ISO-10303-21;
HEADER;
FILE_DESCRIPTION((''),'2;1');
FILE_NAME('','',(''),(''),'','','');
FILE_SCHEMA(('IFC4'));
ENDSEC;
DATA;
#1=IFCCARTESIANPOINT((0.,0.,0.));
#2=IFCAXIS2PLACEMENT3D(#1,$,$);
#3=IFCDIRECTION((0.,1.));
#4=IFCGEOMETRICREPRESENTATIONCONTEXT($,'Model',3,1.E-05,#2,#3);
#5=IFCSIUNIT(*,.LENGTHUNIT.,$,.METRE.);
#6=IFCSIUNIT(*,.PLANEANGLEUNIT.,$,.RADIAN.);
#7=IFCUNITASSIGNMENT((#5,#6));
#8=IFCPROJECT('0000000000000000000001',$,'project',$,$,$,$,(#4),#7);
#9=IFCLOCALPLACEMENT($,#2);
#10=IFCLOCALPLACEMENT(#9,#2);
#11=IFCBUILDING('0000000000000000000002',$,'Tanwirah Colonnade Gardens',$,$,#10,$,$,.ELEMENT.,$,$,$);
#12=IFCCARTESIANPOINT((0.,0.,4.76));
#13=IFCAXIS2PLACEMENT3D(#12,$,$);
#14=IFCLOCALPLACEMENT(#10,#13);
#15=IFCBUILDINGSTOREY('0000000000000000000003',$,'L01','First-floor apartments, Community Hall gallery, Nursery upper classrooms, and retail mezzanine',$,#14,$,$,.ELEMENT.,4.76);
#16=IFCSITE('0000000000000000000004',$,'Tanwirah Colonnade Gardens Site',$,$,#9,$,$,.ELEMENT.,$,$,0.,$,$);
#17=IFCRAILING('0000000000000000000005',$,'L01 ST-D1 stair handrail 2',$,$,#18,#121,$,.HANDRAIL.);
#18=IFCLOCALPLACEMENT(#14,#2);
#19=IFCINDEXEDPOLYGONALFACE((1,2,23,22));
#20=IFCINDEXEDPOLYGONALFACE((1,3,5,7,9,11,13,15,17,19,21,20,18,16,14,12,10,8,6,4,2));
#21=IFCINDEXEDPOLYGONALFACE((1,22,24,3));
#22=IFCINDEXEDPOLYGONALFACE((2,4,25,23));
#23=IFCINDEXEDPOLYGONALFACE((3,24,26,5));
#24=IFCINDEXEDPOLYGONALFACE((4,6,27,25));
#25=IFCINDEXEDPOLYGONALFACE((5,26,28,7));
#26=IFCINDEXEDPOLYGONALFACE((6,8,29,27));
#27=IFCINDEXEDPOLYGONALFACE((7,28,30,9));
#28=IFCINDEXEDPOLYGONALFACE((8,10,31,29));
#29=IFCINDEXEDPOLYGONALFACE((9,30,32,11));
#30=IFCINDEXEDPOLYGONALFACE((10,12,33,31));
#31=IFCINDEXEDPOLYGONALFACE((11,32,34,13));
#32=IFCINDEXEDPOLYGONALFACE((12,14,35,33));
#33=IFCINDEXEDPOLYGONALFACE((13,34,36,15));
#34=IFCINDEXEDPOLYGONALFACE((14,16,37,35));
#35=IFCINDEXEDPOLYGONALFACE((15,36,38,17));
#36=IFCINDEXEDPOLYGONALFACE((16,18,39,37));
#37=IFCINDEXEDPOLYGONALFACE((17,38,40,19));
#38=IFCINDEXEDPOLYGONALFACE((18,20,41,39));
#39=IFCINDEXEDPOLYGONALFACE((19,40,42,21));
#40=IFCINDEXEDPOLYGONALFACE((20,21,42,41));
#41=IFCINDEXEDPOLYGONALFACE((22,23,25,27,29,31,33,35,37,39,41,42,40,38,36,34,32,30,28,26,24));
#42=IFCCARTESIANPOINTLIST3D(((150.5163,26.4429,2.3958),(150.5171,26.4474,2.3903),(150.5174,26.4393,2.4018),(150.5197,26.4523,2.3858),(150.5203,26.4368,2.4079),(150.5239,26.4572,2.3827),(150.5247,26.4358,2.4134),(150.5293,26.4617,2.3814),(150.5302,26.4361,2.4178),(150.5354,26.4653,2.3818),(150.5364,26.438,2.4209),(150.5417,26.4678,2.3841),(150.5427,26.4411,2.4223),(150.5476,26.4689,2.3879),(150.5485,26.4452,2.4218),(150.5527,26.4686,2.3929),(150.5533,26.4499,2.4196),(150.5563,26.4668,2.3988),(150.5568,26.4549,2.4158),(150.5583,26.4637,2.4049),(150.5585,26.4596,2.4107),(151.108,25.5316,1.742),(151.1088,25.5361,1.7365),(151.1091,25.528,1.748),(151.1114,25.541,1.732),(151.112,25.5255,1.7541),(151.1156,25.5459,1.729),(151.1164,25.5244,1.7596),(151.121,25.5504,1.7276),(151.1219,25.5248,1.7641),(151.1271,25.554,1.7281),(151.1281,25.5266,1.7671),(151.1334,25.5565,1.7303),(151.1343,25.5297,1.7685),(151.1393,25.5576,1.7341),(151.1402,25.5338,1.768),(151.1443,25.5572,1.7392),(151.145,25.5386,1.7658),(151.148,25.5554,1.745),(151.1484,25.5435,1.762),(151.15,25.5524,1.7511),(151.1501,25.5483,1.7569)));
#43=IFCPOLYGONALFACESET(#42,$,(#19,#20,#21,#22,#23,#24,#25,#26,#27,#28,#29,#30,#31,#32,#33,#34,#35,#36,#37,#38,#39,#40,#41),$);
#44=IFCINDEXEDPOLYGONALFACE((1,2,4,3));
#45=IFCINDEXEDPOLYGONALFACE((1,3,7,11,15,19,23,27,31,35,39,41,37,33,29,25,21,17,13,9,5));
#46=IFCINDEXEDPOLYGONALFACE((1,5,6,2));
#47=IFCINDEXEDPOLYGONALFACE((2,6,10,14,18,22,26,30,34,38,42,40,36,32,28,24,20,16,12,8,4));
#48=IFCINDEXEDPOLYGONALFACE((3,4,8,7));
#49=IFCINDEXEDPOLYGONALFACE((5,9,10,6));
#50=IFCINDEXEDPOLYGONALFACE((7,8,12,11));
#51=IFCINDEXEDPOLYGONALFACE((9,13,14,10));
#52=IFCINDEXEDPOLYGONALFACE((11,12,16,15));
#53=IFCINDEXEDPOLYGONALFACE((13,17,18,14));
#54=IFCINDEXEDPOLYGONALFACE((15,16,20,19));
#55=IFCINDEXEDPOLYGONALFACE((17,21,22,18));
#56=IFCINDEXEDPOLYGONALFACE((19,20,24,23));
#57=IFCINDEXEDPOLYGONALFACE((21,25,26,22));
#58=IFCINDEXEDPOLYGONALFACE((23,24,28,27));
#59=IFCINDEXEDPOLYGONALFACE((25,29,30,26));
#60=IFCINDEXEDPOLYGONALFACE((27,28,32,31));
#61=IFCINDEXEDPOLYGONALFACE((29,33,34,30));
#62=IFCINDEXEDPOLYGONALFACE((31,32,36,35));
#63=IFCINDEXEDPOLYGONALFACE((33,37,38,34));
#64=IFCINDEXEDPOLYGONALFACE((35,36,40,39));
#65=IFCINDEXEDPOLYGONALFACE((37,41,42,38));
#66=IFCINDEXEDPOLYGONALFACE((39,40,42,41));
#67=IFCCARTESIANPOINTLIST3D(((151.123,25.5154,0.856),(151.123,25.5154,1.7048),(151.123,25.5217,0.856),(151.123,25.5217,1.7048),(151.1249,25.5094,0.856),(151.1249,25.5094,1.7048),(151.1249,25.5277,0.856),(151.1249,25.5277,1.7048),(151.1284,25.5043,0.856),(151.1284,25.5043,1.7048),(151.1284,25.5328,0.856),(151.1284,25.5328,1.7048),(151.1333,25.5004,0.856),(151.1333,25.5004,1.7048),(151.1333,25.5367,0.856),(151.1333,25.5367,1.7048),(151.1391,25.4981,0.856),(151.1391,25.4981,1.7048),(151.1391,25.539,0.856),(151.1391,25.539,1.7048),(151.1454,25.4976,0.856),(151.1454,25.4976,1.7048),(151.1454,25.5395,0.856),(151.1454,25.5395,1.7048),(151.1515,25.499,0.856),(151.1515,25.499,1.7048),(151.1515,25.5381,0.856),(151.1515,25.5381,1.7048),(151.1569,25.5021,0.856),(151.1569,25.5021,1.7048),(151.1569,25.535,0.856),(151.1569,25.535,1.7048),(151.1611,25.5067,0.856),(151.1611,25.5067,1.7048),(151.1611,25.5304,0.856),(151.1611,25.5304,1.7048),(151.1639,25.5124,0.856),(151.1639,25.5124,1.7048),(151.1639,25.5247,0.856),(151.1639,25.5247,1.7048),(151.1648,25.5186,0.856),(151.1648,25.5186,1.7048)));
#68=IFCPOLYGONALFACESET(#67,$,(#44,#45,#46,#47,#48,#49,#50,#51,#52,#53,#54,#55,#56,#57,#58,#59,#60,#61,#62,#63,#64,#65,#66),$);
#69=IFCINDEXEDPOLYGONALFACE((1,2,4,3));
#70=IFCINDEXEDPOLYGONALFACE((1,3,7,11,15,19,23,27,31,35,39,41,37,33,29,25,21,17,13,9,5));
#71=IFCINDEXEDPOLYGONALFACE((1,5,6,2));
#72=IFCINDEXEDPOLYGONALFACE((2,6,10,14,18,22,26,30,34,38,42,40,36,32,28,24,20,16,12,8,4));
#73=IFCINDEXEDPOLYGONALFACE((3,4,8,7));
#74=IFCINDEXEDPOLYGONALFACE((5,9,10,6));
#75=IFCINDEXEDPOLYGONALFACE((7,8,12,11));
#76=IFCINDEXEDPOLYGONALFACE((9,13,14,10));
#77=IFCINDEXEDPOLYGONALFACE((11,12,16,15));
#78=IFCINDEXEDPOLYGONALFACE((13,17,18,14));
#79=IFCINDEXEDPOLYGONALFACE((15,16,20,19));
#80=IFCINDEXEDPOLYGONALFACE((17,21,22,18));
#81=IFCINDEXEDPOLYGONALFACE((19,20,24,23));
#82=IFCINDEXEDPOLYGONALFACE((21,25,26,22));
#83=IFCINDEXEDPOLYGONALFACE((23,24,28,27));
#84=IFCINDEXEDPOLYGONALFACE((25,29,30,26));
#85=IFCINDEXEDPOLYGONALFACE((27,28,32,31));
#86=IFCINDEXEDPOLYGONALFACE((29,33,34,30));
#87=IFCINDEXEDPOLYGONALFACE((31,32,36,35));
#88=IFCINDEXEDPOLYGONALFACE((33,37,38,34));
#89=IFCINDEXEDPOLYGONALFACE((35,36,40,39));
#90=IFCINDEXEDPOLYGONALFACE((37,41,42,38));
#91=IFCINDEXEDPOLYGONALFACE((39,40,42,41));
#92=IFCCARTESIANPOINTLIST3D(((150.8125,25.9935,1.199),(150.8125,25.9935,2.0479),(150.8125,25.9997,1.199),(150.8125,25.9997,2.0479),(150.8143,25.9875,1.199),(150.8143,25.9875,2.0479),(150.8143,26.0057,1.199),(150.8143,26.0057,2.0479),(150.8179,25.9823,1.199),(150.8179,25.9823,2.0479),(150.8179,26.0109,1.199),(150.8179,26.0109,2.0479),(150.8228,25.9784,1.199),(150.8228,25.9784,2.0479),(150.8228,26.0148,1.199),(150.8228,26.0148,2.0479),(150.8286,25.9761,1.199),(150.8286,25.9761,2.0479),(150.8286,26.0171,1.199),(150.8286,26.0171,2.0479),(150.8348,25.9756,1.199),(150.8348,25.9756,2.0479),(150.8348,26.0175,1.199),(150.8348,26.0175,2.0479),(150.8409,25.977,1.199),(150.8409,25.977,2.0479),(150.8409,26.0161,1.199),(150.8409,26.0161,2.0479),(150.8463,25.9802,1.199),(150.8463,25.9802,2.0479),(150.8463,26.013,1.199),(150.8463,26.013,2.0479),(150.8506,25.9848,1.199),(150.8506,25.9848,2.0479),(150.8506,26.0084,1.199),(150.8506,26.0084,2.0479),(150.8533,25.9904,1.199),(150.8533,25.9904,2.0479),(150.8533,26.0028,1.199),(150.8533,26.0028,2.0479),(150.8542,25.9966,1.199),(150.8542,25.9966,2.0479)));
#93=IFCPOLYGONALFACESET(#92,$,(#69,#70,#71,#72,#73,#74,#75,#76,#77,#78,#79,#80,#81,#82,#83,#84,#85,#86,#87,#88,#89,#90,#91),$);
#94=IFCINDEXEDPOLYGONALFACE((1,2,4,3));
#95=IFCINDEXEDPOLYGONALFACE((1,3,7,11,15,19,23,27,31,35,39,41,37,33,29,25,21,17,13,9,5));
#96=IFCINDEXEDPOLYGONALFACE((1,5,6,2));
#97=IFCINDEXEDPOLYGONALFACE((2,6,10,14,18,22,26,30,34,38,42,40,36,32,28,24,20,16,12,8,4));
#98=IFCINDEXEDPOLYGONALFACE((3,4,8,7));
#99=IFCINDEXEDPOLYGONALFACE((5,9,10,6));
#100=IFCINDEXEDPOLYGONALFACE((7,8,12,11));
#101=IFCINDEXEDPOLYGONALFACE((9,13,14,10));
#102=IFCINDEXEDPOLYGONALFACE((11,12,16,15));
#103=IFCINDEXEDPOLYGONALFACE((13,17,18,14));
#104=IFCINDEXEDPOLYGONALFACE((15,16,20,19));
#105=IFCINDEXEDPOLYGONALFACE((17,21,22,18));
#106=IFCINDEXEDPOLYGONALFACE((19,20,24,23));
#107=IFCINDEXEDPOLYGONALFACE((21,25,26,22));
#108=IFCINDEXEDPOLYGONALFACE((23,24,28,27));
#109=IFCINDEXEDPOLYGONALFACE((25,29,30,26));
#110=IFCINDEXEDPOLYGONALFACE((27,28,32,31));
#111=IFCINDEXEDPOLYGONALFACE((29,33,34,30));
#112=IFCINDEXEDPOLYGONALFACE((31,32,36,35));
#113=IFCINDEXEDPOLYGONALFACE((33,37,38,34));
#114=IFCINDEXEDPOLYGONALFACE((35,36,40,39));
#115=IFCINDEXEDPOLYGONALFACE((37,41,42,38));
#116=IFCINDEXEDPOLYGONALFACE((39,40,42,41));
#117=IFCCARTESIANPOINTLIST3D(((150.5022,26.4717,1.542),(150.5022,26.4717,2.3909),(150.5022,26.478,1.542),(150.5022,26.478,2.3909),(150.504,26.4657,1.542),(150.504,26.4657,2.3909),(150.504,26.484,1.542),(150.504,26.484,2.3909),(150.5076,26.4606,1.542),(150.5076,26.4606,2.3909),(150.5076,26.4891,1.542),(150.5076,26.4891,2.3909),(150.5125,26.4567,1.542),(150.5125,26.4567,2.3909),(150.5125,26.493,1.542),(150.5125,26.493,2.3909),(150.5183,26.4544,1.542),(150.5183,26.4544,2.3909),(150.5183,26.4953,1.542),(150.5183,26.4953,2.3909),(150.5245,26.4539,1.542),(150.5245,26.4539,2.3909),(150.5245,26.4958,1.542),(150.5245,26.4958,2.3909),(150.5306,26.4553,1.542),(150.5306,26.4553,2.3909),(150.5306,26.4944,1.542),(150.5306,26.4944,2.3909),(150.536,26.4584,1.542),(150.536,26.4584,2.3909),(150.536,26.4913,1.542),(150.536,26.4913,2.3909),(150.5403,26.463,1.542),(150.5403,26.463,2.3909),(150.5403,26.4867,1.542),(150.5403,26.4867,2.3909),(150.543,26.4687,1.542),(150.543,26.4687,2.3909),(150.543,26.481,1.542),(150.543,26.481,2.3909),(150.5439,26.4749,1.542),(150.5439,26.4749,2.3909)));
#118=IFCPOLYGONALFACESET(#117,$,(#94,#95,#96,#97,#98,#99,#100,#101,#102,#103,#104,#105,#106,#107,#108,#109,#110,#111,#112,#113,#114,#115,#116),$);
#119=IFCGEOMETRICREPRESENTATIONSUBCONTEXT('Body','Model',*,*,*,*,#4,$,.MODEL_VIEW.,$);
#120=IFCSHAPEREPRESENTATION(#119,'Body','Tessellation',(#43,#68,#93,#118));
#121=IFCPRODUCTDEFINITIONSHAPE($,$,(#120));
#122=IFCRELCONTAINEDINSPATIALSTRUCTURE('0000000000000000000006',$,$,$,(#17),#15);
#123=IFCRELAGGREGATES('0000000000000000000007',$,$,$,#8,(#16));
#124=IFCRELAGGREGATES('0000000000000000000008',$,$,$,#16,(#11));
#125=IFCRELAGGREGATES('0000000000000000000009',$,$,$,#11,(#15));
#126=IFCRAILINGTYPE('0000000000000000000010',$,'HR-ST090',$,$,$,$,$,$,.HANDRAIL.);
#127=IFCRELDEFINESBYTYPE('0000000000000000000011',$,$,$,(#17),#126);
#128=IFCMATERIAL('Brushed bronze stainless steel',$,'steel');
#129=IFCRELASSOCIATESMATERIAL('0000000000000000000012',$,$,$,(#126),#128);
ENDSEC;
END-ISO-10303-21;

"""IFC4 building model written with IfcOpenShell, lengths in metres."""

from ifc_helpers import new_model, si_unit, direction, frame, origin, origin_2d, place, context, subcontext, project, spatial, circle, extrude, material, type_object, element, save


model = new_model("IFC4")

# Units and contexts
model_context = context("Model", 3, precision=1e-05, world=origin(), true_north=direction((0.0, 1.0)))
body_context = subcontext(model_context, "Body", "Model", "MODEL_VIEW")
ifc_project = project(units=[si_unit("LENGTHUNIT", "METRE"), si_unit("PLANEANGLEUNIT", "RADIAN")], contexts=[model_context])

# Site, building, storey
site_placement = place(None, origin())
site = spatial("IfcSite", under=ifc_project, at=site_placement, Name="Tanwirah Colonnade Gardens Site", CompositionType="ELEMENT", RefElevation=0.0)
building_placement = place(site_placement, origin())
building = spatial("IfcBuilding", under=site, at=building_placement, Name="Tanwirah Colonnade Gardens", CompositionType="ELEMENT")
storey_placement = place(building_placement, frame((0.0, 0.0, 4.76)))
storey = spatial("IfcBuildingStorey", under=building, at=storey_placement, Name="L01", Description="First-floor apartments, Community Hall gallery, Nursery upper classrooms, and retail mezzanine", CompositionType="ELEMENT", Elevation=4.76)

# Railing
ifc_material_1 = material(Name="Brushed bronze stainless steel", Category="steel")
railing_type_1 = type_object("IfcRailingType", Name="HR-ST090", PredefinedType="HANDRAIL", material=ifc_material_1)
railing_1_placement = place(storey_placement, frame((151.1438, 25.5186, 0.856)))
element("IfcRailing", 1, at=railing_1_placement, inside=storey, type_object=railing_type_1, Name="L01 ST-D1 stair handrail 2", PredefinedType="HANDRAIL", context=body_context, shape_type="SweptSolid", body=[
    extrude(circle(Radius=0.0239, at=origin_2d()), frame((-0.0146, 0.0225, 0.8921), z_axis=(-0.466579, 0.718675, 0.515567), x_axis=(-0.838742, -0.544529, 0.0)), (0.0, 0.0, 1.0), 1.2681),
    extrude(circle(Radius=0.021, at=origin_2d()), origin(), (0.0, 0.0, 1.0), 0.8489),
    extrude(circle(Radius=0.021, at=origin_2d()), frame((-0.3105, 0.478, 0.343)), (0.0, 0.0, 1.0), 0.8489),
    extrude(circle(Radius=0.021, at=origin_2d()), frame((-0.6208, 0.9563, 0.686)), (0.0, 0.0, 1.0), 0.8489),
])

save(model, "model.ifc")
